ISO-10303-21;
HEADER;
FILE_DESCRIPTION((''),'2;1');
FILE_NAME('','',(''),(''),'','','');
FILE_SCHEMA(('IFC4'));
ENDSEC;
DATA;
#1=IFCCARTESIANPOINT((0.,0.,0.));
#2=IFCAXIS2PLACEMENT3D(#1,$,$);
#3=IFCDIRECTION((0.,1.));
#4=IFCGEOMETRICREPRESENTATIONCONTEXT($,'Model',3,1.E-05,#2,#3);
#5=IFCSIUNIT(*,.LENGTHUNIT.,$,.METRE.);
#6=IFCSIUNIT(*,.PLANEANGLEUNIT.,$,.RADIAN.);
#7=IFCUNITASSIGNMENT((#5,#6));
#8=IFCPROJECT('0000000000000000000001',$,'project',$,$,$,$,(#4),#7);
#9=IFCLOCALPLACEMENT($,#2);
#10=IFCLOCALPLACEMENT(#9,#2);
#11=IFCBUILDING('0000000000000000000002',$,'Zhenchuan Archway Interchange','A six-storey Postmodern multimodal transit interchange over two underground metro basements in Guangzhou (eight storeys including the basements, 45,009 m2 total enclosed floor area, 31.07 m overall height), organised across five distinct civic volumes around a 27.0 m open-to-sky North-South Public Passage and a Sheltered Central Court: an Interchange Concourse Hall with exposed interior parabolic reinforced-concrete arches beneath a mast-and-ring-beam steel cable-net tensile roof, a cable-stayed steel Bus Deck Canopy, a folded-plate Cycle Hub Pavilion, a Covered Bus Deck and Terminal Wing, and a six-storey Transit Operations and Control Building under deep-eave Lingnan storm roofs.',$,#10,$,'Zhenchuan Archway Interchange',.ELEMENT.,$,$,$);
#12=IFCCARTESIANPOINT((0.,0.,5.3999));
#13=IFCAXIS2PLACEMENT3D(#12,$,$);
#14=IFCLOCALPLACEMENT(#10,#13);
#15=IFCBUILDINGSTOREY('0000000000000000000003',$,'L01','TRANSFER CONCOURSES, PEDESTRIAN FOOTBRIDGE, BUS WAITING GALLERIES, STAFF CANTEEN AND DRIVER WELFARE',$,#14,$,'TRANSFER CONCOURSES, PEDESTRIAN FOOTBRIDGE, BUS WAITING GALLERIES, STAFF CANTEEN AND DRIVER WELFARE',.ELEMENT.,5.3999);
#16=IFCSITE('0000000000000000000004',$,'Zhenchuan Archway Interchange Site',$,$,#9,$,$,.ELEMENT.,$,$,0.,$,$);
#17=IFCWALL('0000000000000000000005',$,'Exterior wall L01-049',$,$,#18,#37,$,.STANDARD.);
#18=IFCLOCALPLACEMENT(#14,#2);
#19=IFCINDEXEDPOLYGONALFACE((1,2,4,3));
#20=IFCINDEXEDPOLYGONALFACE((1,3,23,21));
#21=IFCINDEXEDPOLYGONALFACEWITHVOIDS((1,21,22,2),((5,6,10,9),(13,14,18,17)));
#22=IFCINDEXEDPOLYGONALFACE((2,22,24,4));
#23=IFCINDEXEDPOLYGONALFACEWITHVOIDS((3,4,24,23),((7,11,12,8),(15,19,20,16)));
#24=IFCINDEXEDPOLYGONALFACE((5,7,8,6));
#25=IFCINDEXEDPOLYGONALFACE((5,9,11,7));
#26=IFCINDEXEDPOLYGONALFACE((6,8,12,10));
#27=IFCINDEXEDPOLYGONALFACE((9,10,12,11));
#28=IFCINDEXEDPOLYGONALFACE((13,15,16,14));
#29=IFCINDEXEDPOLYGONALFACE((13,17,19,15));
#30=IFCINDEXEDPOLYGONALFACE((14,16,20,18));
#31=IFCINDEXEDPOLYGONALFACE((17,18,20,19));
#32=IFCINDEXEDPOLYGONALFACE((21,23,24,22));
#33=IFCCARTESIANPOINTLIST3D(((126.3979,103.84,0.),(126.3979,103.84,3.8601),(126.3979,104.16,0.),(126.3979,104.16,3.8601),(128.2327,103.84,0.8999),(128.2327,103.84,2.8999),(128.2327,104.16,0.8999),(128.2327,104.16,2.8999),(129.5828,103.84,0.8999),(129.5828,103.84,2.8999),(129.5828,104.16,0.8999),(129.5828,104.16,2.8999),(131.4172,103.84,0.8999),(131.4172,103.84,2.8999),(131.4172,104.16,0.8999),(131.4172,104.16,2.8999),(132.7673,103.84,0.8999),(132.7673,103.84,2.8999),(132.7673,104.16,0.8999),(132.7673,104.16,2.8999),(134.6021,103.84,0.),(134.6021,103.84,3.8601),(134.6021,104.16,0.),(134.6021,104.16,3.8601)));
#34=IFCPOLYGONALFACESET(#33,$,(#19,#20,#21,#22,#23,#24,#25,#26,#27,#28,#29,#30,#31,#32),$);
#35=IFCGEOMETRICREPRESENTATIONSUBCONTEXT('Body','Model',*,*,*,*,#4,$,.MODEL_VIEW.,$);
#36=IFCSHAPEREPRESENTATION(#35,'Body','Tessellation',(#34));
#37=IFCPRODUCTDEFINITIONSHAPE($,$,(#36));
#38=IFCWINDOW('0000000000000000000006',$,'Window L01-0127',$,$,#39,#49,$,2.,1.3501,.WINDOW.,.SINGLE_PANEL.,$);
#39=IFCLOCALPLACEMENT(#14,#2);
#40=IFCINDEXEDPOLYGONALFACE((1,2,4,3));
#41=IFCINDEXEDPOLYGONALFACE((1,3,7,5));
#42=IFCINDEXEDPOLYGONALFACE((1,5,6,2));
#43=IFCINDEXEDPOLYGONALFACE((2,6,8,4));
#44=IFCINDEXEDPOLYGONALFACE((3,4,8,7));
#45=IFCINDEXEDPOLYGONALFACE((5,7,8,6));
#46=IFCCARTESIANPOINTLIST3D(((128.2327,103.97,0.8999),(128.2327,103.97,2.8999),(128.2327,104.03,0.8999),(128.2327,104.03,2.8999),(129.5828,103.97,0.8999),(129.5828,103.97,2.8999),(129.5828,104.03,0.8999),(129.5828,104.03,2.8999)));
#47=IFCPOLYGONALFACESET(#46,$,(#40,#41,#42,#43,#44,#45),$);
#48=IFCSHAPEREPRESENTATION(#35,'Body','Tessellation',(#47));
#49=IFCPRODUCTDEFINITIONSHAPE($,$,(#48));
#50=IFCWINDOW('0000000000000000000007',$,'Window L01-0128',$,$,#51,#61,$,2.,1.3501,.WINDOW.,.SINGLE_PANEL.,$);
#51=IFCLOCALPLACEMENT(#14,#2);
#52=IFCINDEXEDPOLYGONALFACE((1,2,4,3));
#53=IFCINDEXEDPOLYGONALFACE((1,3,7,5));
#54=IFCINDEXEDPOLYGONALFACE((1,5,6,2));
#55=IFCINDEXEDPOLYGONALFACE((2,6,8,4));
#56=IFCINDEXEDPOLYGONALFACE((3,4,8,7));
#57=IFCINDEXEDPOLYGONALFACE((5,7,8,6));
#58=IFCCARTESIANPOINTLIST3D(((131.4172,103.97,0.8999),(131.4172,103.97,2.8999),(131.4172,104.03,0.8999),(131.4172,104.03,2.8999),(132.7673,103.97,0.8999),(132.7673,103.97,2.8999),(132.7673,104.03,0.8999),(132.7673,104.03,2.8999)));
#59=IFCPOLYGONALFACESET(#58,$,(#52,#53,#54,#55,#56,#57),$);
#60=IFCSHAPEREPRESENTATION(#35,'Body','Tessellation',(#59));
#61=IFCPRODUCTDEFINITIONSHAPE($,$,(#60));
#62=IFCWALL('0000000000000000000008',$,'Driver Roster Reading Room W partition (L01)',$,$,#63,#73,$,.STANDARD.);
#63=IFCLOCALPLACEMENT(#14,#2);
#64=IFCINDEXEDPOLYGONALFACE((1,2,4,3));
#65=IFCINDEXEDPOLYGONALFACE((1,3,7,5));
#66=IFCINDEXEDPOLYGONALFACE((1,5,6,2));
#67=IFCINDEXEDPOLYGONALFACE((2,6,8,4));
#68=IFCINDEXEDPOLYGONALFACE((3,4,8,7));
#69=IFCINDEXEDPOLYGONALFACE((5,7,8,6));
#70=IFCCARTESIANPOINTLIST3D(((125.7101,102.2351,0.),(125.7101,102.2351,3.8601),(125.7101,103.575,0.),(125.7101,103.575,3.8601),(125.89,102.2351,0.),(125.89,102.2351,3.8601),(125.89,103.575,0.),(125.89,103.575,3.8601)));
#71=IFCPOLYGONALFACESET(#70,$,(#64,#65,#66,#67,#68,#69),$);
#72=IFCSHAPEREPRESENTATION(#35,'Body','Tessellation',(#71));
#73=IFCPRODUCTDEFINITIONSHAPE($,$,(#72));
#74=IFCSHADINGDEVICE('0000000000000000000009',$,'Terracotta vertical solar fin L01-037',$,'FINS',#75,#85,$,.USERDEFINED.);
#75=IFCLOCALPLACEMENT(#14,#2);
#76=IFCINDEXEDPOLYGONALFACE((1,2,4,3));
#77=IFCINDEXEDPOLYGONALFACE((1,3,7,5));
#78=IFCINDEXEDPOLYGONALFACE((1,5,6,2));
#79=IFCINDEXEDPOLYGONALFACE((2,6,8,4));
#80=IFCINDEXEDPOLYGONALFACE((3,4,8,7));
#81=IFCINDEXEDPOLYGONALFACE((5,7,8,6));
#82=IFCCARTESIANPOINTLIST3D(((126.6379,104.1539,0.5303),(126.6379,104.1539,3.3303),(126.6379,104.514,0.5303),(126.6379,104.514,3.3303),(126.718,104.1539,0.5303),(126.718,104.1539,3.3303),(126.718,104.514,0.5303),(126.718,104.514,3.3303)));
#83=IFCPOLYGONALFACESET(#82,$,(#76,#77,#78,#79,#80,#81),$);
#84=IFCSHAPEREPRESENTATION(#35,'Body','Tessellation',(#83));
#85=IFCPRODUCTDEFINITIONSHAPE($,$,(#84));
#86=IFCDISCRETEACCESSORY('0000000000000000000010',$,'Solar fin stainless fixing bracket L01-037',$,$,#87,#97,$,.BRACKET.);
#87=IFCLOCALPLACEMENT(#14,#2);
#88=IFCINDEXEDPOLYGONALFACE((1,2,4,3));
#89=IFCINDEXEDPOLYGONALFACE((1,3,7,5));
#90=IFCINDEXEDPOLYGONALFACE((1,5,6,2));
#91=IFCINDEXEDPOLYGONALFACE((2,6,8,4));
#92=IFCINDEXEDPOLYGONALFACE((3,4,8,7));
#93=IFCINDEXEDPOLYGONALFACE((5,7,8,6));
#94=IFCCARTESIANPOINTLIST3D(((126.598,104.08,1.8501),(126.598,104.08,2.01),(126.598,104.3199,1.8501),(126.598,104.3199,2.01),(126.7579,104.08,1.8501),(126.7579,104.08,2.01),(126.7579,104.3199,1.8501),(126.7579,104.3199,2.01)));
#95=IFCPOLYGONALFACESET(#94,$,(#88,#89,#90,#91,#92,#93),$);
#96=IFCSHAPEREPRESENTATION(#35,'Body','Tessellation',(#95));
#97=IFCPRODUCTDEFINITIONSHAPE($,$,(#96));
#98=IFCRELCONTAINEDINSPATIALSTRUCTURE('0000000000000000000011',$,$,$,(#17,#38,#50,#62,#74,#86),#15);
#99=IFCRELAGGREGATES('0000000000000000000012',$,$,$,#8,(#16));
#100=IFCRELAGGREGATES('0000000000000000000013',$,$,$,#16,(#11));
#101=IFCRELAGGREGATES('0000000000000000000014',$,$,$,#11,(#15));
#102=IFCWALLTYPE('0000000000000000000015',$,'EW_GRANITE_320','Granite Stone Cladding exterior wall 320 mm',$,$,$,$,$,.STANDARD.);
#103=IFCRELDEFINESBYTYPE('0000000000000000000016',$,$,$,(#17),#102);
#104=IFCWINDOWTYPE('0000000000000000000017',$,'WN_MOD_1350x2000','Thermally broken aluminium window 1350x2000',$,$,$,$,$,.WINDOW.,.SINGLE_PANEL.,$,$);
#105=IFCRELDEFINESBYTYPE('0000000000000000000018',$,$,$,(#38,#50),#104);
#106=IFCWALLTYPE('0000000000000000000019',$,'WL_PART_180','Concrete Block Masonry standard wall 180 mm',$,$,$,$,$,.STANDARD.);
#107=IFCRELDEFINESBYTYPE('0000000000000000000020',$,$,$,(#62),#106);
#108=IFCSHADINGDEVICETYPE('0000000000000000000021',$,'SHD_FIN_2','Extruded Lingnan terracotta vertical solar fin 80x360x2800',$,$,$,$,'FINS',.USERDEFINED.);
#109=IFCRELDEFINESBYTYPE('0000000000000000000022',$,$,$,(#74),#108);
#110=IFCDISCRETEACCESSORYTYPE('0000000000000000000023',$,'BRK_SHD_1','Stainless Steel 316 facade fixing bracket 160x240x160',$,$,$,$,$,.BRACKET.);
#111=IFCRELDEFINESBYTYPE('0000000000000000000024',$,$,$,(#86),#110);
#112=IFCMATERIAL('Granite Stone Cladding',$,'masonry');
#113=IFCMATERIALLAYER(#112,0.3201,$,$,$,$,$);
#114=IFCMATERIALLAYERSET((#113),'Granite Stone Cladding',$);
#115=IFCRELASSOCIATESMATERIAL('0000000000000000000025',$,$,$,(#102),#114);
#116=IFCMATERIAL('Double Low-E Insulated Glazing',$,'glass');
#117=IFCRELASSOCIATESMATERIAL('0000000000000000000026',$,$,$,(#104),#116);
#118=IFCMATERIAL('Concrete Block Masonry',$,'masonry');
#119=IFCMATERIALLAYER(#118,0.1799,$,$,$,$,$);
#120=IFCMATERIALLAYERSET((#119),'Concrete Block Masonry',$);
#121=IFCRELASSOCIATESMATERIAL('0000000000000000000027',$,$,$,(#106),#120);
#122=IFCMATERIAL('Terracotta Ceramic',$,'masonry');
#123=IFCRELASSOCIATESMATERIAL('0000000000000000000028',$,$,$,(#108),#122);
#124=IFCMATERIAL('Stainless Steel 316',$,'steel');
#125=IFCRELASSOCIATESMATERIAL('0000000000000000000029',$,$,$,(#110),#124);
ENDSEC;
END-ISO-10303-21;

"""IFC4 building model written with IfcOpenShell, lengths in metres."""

from ifc_helpers import new_model, si_unit, direction, frame, frame_2d, origin, origin_2d, place, context, subcontext, project, spatial, rectangle, extrude, material, layer, layer_set, type_object, element, fill, save


model = new_model("IFC4")

# Units and contexts
model_context = context("Model", 3, precision=1e-05, world=origin(), true_north=direction((0.0, 1.0)))
body_context = subcontext(model_context, "Body", "Model", "MODEL_VIEW")
ifc_project = project(units=[si_unit("LENGTHUNIT", "METRE"), si_unit("PLANEANGLEUNIT", "RADIAN")], contexts=[model_context])

# Site, building, storey
site_placement = place(None, origin())
site = spatial("IfcSite", under=ifc_project, at=site_placement, Name="Zhenchuan Archway Interchange Site", CompositionType="ELEMENT", RefElevation=0.0)
building_placement = place(site_placement, origin())
building = spatial("IfcBuilding", under=site, at=building_placement, Name="Zhenchuan Archway Interchange", Description="A six-storey Postmodern multimodal transit interchange over two underground metro basements in Guangzhou (eight storeys including the basements, 45,009 m2 total enclosed floor area, 31.07 m overall height), organised across five distinct civic volumes around a 27.0 m open-to-sky North-South Public Passage and a Sheltered Central Court: an Interchange Concourse Hall with exposed interior parabolic reinforced-concrete arches beneath a mast-and-ring-beam steel cable-net tensile roof, a cable-stayed steel Bus Deck Canopy, a folded-plate Cycle Hub Pavilion, a Covered Bus Deck and Terminal Wing, and a six-storey Transit Operations and Control Building under deep-eave Lingnan storm roofs.", LongName="Zhenchuan Archway Interchange", CompositionType="ELEMENT")
storey_placement = place(building_placement, frame((0.0, 0.0, 5.3999)))
storey = spatial("IfcBuildingStorey", under=building, at=storey_placement, Name="L01", Description="TRANSFER CONCOURSES, PEDESTRIAN FOOTBRIDGE, BUS WAITING GALLERIES, STAFF CANTEEN AND DRIVER WELFARE", LongName="TRANSFER CONCOURSES, PEDESTRIAN FOOTBRIDGE, BUS WAITING GALLERIES, STAFF CANTEEN AND DRIVER WELFARE", CompositionType="ELEMENT", Elevation=5.3999)

# Shared definitions
ifc_material_1 = material(Name="Double Low-E Insulated Glazing", Category="glass")

# Wall, openings, windows
ifc_material_2 = material(Name="Granite Stone Cladding", Category="masonry")
ifc_layer_1 = layer(ifc_material_2, 0.3201)
ifc_layer_set_1 = layer_set([ifc_layer_1], Name="Granite Stone Cladding")
wall_type_1 = type_object("IfcWallType", Name="EW_GRANITE_320", Description="Granite Stone Cladding exterior wall 320 mm", PredefinedType="STANDARD", material=ifc_layer_set_1)
wall_1_placement = place(storey_placement, frame((126.3979, 104.0, 0.0), z_axis=(0.0, 0.0, 1.0), x_axis=(1.0, 0.0, 0.0)))
wall_1 = element("IfcWall", 1, at=wall_1_placement, inside=storey, type_object=wall_type_1, Name="Exterior wall L01-049", PredefinedType="STANDARD", context=body_context, shape_type="SweptSolid", body=[
    extrude(rectangle(XDim=8.2041, YDim=0.3201, at=frame_2d((4.1021, 0.0))), origin(), (0.0, 0.0, 1.0), 3.8601),
])
opening_1_placement = place(wall_1_placement, frame((1.8347, 0.0, 0.8999)))
opening_1 = element("IfcOpeningElement", 2, at=opening_1_placement, cuts=wall_1, PredefinedType="OPENING", context=body_context, shape_type="SweptSolid", body=[
    extrude(rectangle(XDim=1.3501, YDim=2.0, at=frame_2d((0.675, 1.0))), frame((0.0, 0.1719, 0.0), z_axis=(0.0, -1.0, 0.0), x_axis=(1.0, 0.0, 0.0)), (0.0, 0.0, 1.0), 0.344),
])
opening_2_placement = place(wall_1_placement, frame((5.0193, 0.0, 0.8999)))
opening_2 = element("IfcOpeningElement", 3, at=opening_2_placement, cuts=wall_1, PredefinedType="OPENING", context=body_context, shape_type="SweptSolid", body=[
    extrude(rectangle(XDim=1.3501, YDim=2.0, at=frame_2d((0.675, 1.0))), frame((0.0, 0.1719, 0.0), z_axis=(0.0, -1.0, 0.0), x_axis=(1.0, 0.0, 0.0)), (0.0, 0.0, 1.0), 0.344),
])
window_type = type_object("IfcWindowType", Name="WN_MOD_1350x2000", Description="Thermally broken aluminium window 1350x2000", PartitioningType="SINGLE_PANEL", PredefinedType="WINDOW", material=ifc_material_1)
window_1_placement = place(opening_1_placement, origin())
window_1 = element("IfcWindow", 4, at=window_1_placement, inside=storey, type_object=window_type, Name="Window L01-0127", OverallHeight=2.0, OverallWidth=1.3501, PartitioningType="SINGLE_PANEL", PredefinedType="WINDOW", context=body_context, shape_type="SweptSolid", body=[
    extrude(rectangle(XDim=1.3501, YDim=2.0, at=frame_2d((0.675, 1.0))), frame((0.0, 0.03, 0.0), z_axis=(0.0, -1.0, 0.0), x_axis=(1.0, 0.0, 0.0)), (0.0, 0.0, 1.0), 0.0601),
])
fill(opening_1, window_1)
window_2_placement = place(opening_2_placement, origin())
window_2 = element("IfcWindow", 5, at=window_2_placement, inside=storey, type_object=window_type, Name="Window L01-0128", OverallHeight=2.0, OverallWidth=1.3501, PartitioningType="SINGLE_PANEL", PredefinedType="WINDOW", context=body_context, shape_type="SweptSolid", body=[
    extrude(rectangle(XDim=1.3501, YDim=2.0, at=frame_2d((0.675, 1.0))), frame((0.0, 0.03, 0.0), z_axis=(0.0, -1.0, 0.0), x_axis=(1.0, 0.0, 0.0)), (0.0, 0.0, 1.0), 0.0601),
])
fill(opening_2, window_2)

# Wall
ifc_material_3 = material(Name="Concrete Block Masonry", Category="masonry")
ifc_layer_2 = layer(ifc_material_3, 0.1799)
ifc_layer_set_2 = layer_set([ifc_layer_2], Name="Concrete Block Masonry")
wall_type_2 = type_object("IfcWallType", Name="WL_PART_180", Description="Concrete Block Masonry standard wall 180 mm", PredefinedType="STANDARD", material=ifc_layer_set_2)
wall_2_placement = place(storey_placement, frame((125.8, 102.2351, 0.0), z_axis=(0.0, 0.0, 1.0), x_axis=(0.0, 1.0, 0.0)))
element("IfcWall", 6, at=wall_2_placement, inside=storey, type_object=wall_type_2, Name="Driver Roster Reading Room W partition (L01)", PredefinedType="STANDARD", context=body_context, shape_type="SweptSolid", body=[
    extrude(rectangle(XDim=1.3398, YDim=0.1799, at=frame_2d((0.6699, 0.0))), origin(), (0.0, 0.0, 1.0), 3.8601),
])

# Shading device
ifc_material_4 = material(Name="Terracotta Ceramic", Category="masonry")
shading_device_type = type_object("IfcShadingDeviceType", Name="SHD_FIN_2", Description="Extruded Lingnan terracotta vertical solar fin 80x360x2800", ElementType="FINS", PredefinedType="USERDEFINED", material=ifc_material_4)
shading_device_placement = place(storey_placement, frame((126.678, 104.334, 0.5303), z_axis=(0.0, 0.0, 1.0), x_axis=(1.0, 0.0, 0.0)))
element("IfcShadingDevice", 7, at=shading_device_placement, inside=storey, type_object=shading_device_type, Name="Terracotta vertical solar fin L01-037", ObjectType="FINS", PredefinedType="USERDEFINED", context=body_context, shape_type="SweptSolid", body=[
    extrude(rectangle(XDim=0.0801, YDim=0.3601, at=origin_2d()), origin(), (0.0, 0.0, 1.0), 2.8),
])

# Discrete accessory
ifc_material_5 = material(Name="Stainless Steel 316", Category="steel")
discrete_accessory_type = type_object("IfcDiscreteAccessoryType", Name="BRK_SHD_1", Description="Stainless Steel 316 facade fixing bracket 160x240x160", PredefinedType="BRACKET", material=ifc_material_5)
discrete_accessory_placement = place(storey_placement, frame((126.678, 104.2, 1.8501), z_axis=(0.0, 0.0, 1.0), x_axis=(1.0, 0.0, 0.0)))
element("IfcDiscreteAccessory", 8, at=discrete_accessory_placement, inside=storey, type_object=discrete_accessory_type, Name="Solar fin stainless fixing bracket L01-037", PredefinedType="BRACKET", context=body_context, shape_type="SweptSolid", body=[
    extrude(rectangle(XDim=0.1599, YDim=0.24, at=origin_2d()), origin(), (0.0, 0.0, 1.0), 0.1599),
])

save(model, "model.ifc")
